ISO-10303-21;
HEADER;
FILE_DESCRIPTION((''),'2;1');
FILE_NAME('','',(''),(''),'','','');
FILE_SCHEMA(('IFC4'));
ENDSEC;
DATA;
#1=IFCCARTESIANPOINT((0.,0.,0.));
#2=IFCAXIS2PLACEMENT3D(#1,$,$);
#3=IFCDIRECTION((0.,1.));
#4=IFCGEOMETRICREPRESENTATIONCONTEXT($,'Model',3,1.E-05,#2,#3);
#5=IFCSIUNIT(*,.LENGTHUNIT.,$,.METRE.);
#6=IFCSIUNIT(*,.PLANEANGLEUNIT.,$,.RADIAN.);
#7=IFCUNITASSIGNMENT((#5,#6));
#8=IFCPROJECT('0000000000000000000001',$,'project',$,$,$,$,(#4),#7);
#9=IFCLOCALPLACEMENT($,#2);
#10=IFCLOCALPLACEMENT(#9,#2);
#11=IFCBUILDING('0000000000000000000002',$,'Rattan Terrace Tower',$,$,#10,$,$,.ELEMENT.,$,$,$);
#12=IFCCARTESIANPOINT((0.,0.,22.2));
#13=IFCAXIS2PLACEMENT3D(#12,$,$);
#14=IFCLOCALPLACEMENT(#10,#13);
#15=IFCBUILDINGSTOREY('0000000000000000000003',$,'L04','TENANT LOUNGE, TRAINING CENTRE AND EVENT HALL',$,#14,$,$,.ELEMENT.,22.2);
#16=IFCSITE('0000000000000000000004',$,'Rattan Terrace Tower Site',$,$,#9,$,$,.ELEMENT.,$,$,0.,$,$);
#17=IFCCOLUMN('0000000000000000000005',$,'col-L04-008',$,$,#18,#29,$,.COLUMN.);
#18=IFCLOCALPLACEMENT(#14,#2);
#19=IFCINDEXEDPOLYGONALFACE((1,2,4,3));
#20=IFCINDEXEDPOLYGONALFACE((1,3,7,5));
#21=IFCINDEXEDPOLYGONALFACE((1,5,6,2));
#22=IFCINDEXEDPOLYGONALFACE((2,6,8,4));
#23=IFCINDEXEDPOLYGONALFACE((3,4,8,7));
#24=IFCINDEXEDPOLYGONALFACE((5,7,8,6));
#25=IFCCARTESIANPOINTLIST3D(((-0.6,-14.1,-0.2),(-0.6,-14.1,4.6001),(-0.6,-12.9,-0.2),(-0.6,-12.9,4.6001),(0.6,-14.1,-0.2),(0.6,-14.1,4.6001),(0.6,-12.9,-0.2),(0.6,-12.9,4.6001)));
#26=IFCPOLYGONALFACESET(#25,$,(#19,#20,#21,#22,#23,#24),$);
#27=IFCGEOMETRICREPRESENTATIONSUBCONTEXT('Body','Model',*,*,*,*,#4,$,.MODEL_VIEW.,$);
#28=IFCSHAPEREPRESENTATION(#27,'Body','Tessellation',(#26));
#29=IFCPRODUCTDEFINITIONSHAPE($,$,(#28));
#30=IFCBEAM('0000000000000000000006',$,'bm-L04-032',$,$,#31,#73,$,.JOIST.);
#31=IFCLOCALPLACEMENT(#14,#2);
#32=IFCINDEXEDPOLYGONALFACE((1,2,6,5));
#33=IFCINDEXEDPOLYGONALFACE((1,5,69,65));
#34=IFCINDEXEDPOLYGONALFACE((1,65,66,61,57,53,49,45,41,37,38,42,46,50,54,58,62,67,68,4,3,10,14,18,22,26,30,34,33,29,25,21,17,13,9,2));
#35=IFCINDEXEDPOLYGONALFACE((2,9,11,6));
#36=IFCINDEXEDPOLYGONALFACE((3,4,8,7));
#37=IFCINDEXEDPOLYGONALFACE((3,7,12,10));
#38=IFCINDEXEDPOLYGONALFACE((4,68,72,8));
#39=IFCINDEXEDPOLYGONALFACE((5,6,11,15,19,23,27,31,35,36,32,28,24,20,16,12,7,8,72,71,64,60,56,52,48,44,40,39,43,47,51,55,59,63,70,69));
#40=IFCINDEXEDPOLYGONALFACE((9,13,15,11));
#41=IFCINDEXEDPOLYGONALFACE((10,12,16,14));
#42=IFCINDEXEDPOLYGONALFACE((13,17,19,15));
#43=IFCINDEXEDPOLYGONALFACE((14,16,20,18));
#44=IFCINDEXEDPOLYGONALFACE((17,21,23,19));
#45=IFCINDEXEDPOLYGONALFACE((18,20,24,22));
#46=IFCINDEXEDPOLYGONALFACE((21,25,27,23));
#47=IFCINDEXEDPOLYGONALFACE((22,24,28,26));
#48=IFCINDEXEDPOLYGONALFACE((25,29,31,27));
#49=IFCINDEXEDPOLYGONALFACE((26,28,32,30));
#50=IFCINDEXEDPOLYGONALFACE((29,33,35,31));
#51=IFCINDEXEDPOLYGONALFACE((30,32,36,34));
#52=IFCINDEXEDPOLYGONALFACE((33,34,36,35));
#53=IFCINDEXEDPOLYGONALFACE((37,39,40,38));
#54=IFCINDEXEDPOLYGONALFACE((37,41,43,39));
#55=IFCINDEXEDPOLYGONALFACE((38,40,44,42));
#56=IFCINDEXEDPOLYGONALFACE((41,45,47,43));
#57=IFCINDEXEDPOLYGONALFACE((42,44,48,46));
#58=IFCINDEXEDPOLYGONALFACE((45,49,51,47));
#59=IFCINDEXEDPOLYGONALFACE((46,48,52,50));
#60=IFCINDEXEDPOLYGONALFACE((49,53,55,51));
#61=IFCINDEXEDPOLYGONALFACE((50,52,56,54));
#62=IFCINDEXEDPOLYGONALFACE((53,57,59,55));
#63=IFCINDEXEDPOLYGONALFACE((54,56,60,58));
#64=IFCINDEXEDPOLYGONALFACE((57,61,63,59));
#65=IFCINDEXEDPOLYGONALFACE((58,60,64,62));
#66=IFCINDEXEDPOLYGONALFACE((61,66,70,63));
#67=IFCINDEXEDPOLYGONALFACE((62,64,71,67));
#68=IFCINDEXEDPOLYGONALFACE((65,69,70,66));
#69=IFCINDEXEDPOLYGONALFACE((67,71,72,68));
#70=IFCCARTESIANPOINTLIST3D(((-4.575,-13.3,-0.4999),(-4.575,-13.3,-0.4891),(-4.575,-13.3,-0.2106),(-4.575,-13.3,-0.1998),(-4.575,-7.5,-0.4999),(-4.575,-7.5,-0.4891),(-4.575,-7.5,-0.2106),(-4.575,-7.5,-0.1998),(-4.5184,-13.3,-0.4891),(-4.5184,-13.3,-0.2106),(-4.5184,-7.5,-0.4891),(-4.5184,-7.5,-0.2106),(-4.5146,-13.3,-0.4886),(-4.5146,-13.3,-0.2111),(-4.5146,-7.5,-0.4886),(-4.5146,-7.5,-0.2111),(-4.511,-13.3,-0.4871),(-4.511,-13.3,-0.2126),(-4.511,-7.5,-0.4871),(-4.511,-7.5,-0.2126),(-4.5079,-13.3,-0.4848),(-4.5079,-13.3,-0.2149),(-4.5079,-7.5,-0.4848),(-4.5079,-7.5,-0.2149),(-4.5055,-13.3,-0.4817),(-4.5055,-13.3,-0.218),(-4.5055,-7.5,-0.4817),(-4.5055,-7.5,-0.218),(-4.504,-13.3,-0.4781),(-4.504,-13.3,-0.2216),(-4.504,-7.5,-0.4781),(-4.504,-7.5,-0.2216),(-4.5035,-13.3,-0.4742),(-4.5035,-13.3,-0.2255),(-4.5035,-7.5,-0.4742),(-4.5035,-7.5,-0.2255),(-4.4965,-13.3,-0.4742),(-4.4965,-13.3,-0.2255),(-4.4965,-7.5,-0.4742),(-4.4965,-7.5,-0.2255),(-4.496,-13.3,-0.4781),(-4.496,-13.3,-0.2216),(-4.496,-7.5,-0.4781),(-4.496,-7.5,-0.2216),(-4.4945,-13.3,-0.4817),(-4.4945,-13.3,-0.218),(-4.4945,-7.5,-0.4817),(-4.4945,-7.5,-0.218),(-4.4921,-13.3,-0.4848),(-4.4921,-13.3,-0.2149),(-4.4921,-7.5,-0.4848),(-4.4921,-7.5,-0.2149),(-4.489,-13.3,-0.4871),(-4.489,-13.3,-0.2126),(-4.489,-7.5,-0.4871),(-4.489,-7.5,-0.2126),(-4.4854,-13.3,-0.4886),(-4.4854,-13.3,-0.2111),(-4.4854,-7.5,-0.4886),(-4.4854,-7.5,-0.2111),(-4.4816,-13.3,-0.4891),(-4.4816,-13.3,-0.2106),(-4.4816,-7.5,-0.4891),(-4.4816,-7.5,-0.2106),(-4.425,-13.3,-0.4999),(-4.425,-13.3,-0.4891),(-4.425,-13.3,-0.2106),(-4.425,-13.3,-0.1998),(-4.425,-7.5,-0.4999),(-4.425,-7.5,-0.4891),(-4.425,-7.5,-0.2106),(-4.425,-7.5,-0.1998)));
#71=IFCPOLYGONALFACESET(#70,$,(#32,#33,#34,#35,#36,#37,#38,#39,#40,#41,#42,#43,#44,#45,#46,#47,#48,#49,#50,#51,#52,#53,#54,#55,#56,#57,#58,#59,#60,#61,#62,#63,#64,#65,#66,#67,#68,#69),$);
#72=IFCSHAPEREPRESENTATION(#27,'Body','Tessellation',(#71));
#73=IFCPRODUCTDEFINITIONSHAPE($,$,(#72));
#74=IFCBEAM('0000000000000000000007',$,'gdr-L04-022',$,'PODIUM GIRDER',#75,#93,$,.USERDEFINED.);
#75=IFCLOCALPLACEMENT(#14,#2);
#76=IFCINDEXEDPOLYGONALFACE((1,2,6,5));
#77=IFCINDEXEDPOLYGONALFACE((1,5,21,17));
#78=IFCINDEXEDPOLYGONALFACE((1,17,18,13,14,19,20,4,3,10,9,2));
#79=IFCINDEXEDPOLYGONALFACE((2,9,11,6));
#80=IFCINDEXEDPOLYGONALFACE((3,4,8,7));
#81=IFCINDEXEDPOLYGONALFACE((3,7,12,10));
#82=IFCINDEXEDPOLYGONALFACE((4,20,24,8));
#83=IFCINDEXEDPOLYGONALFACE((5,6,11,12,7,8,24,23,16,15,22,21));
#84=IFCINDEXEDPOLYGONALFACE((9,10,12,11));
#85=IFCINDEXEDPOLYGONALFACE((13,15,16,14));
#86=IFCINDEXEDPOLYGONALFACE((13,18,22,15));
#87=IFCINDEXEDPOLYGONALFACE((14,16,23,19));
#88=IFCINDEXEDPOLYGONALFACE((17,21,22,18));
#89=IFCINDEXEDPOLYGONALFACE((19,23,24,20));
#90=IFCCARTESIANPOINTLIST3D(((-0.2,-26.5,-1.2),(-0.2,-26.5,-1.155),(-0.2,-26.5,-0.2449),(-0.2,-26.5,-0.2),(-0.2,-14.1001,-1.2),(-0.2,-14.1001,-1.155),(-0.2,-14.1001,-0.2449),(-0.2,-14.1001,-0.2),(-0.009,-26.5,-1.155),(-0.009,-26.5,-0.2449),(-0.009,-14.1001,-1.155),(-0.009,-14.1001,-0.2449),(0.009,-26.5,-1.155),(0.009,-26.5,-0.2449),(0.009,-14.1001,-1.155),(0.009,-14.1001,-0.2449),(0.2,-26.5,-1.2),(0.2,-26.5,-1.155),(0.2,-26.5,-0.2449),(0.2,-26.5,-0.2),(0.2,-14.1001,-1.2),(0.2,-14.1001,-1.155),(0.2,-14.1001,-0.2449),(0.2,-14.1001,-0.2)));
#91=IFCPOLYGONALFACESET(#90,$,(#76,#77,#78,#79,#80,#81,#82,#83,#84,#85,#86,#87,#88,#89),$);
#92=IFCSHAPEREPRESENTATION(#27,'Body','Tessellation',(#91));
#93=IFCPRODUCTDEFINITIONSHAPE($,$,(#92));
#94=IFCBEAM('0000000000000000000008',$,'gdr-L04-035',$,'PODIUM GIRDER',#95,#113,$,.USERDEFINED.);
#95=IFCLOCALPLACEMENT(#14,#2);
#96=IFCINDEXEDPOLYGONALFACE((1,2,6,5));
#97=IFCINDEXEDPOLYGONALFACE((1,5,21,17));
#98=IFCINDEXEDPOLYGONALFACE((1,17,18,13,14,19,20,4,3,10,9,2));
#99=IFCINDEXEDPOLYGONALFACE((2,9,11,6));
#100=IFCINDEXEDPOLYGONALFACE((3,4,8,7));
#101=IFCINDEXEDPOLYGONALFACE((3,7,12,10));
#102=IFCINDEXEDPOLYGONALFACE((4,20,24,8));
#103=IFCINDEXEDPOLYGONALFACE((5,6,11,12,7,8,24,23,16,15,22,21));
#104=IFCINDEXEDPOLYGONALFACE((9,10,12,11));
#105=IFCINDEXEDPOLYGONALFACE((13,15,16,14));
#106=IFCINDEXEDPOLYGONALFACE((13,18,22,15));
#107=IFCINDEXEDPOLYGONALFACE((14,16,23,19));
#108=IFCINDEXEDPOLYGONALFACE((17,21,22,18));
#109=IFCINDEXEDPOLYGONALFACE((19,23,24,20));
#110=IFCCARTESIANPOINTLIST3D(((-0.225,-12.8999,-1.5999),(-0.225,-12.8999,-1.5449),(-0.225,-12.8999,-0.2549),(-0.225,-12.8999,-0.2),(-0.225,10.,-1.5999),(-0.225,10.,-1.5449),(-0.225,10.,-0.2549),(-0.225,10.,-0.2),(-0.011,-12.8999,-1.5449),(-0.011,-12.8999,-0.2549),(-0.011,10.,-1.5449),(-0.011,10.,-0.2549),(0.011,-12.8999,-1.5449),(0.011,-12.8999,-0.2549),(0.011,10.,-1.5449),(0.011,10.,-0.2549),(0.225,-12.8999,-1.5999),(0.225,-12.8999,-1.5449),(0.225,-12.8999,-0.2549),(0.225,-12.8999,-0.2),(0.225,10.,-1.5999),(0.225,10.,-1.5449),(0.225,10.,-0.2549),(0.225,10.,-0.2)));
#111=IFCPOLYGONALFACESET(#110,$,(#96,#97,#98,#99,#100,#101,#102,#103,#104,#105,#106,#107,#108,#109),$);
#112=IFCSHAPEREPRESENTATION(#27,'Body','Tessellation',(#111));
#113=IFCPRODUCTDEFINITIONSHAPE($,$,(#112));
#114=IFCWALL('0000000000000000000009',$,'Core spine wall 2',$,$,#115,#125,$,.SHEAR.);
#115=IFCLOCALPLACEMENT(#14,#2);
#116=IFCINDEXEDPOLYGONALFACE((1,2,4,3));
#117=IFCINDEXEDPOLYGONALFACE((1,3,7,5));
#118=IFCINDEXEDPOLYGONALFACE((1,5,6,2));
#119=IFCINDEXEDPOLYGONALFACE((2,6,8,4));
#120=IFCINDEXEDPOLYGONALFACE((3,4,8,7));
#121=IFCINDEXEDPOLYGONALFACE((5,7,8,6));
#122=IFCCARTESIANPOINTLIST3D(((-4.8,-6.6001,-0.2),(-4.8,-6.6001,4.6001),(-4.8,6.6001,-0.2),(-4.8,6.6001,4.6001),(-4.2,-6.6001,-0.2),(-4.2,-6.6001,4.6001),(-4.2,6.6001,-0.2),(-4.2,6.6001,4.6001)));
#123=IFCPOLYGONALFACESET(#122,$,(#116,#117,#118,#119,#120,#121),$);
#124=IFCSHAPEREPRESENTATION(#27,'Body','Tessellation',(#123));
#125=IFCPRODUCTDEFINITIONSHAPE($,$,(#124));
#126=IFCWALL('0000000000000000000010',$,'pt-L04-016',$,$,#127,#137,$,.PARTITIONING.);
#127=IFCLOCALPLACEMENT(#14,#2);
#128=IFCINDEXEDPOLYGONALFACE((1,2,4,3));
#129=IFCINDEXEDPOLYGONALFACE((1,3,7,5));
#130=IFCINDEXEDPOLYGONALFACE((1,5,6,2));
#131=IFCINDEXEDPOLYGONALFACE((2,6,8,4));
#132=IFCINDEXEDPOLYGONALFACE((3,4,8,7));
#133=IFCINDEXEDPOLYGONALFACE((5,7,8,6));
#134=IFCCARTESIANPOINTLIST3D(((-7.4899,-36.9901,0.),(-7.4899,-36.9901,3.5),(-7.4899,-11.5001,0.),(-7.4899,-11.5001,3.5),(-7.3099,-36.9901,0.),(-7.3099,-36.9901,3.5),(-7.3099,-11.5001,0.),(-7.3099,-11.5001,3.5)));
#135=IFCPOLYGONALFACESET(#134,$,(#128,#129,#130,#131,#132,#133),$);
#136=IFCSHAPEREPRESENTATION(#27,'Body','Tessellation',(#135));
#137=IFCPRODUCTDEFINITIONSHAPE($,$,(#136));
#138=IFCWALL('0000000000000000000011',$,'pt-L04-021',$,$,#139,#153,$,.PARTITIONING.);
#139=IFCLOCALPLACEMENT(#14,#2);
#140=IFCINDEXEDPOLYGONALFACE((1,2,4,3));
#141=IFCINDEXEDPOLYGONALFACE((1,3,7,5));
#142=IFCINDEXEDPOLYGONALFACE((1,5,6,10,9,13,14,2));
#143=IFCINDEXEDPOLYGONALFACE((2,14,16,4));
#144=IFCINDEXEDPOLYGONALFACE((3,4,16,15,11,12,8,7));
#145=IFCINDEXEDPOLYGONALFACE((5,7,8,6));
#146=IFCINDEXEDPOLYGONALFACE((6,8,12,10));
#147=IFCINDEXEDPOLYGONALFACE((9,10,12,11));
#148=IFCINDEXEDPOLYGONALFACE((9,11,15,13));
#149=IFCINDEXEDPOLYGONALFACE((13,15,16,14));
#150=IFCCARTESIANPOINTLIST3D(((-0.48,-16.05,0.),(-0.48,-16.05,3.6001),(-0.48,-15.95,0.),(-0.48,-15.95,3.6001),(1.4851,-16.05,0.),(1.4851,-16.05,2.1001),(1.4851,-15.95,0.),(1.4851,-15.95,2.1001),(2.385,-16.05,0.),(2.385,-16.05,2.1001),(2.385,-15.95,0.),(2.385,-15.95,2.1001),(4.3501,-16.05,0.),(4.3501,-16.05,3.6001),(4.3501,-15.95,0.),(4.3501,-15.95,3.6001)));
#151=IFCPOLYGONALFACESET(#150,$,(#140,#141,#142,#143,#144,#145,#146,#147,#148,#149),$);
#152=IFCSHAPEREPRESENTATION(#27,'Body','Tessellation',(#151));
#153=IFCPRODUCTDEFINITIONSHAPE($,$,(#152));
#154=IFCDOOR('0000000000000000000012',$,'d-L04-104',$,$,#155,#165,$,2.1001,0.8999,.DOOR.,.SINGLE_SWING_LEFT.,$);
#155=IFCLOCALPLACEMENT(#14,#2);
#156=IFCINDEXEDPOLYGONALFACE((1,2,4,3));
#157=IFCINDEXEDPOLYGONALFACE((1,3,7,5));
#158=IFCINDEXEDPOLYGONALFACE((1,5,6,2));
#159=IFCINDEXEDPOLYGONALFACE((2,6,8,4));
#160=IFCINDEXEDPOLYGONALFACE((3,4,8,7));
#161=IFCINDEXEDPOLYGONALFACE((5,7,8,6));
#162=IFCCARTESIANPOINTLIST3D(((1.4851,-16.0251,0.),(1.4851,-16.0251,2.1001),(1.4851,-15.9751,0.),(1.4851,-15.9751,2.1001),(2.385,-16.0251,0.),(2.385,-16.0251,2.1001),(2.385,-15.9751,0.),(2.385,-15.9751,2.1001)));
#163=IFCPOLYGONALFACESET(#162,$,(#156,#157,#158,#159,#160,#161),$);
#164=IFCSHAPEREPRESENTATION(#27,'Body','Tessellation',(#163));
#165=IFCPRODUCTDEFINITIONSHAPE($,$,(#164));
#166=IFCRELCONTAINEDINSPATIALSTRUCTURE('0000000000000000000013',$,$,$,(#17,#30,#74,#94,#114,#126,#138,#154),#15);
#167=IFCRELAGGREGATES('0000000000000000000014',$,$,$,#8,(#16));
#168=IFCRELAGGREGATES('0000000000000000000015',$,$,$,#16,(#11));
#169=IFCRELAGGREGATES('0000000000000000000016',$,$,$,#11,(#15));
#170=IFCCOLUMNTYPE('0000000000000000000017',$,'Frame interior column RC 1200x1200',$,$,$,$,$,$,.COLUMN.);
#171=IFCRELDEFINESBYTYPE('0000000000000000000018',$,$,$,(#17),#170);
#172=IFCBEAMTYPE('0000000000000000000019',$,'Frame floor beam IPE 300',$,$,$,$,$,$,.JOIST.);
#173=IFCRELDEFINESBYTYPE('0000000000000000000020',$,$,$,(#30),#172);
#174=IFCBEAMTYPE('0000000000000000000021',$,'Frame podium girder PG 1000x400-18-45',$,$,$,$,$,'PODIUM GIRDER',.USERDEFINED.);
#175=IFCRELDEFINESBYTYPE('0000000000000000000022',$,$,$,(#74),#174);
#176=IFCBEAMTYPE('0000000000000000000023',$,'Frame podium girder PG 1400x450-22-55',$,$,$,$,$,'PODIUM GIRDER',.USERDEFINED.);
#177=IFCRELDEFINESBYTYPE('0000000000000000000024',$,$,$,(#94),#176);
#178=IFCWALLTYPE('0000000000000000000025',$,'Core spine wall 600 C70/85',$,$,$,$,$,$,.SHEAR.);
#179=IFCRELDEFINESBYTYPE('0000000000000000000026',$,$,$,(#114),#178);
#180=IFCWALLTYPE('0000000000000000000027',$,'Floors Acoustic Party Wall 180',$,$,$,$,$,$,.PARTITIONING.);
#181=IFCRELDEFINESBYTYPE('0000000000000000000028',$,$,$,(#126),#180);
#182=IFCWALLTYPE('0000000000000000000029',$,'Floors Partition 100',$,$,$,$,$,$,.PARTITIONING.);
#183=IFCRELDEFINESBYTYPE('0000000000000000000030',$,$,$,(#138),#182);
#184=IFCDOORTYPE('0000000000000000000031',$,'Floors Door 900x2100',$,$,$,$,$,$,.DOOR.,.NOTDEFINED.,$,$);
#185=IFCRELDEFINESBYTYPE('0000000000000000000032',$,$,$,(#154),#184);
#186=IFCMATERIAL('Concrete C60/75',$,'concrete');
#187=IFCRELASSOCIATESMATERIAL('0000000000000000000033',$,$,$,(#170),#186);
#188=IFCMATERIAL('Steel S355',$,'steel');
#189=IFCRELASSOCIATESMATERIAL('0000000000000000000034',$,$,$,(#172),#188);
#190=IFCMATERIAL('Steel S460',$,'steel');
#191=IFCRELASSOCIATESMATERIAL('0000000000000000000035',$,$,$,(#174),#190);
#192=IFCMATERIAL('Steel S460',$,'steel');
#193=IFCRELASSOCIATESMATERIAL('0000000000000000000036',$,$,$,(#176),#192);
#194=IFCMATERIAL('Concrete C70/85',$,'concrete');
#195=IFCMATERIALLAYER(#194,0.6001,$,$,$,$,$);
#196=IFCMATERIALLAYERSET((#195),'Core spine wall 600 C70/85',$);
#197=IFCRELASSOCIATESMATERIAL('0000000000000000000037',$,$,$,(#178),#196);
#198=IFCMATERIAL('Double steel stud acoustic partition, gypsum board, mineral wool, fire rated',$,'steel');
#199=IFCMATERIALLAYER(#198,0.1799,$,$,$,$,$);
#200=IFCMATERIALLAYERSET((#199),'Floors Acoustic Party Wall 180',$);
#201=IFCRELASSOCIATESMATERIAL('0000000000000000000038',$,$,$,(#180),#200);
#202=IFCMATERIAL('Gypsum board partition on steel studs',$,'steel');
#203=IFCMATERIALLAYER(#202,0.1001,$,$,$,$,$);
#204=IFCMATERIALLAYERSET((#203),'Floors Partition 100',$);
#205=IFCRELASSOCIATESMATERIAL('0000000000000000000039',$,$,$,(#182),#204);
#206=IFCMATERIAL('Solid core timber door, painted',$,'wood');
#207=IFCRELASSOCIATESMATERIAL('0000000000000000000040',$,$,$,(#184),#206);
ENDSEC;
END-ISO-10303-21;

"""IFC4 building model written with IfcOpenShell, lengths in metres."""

from ifc_helpers import new_model, si_unit, direction, frame, frame_2d, origin, origin_2d, place, context, subcontext, project, spatial, rectangle, i_section, extrude, material, layer, layer_set, material_profile, profile_set, type_object, element, fill, save


model = new_model("IFC4")

# Units and contexts
model_context = context("Model", 3, precision=1e-05, world=origin(), true_north=direction((0.0, 1.0)))
body_context = subcontext(model_context, "Body", "Model", "MODEL_VIEW")
ifc_project = project(units=[si_unit("LENGTHUNIT", "METRE"), si_unit("PLANEANGLEUNIT", "RADIAN")], contexts=[model_context])

# Site, building, storey
site_placement = place(None, origin())
site = spatial("IfcSite", under=ifc_project, at=site_placement, Name="Rattan Terrace Tower Site", CompositionType="ELEMENT", RefElevation=0.0)
building_placement = place(site_placement, origin())
building = spatial("IfcBuilding", under=site, at=building_placement, Name="Rattan Terrace Tower", CompositionType="ELEMENT")
storey_placement = place(building_placement, frame((0.0, 0.0, 22.2)))
storey = spatial("IfcBuildingStorey", under=building, at=storey_placement, Name="L04", Description="TENANT LOUNGE, TRAINING CENTRE AND EVENT HALL", CompositionType="ELEMENT", Elevation=22.2)

# Column
ifc_material_1 = material(Name="Concrete C60/75", Category="concrete")
ifc_material_profile_1 = material_profile(ifc_material_1, rectangle(XDim=1.2, YDim=1.2, at=origin_2d()), Name="RC 1200x1200")
ifc_profile_set_1 = profile_set([ifc_material_profile_1], Name="Concrete C60/75")
column_type = type_object("IfcColumnType", Name="Frame interior column RC 1200x1200", PredefinedType="COLUMN", material=ifc_profile_set_1)
column_placement = place(storey_placement, frame((0.0, -13.5, -0.2), z_axis=(0.0, 0.0, 1.0), x_axis=(1.0, 0.0, 0.0)))
element("IfcColumn", 1, at=column_placement, inside=storey, type_object=column_type, Name="col-L04-008", PredefinedType="COLUMN", context=body_context, shape_type="SweptSolid", body=[
    extrude(rectangle(XDim=1.2, YDim=1.2, at=origin_2d()), origin(), (0.0, 0.0, 1.0), 4.8),
])

# Beams
ifc_material_2 = material(Name="Steel S355", Category="steel")
ifc_material_profile_2 = material_profile(ifc_material_2, i_section(OverallWidth=0.1499, OverallDepth=0.3, WebThickness=0.0071, FlangeThickness=0.0107, FilletRadius=0.0149, at=origin_2d()), Name="IPE 300")
ifc_profile_set_2 = profile_set([ifc_material_profile_2], Name="Steel S355")
beam_type_1 = type_object("IfcBeamType", Name="Frame floor beam IPE 300", PredefinedType="JOIST", material=ifc_profile_set_2)
beam_1_placement = place(storey_placement, frame((-4.5, -13.3, -0.3499), z_axis=(0.0, 1.0, 0.0), x_axis=(-1.0, 0.0, 0.0)))
element("IfcBeam", 2, at=beam_1_placement, inside=storey, type_object=beam_type_1, Name="bm-L04-032", PredefinedType="JOIST", context=body_context, shape_type="SweptSolid", body=[
    extrude(i_section(OverallWidth=0.1499, OverallDepth=0.3, WebThickness=0.0071, FlangeThickness=0.0107, FilletRadius=0.0149, at=origin_2d()), origin(), (0.0, 0.0, 1.0), 5.8),
])
ifc_material_3 = material(Name="Steel S460", Category="steel")
ifc_material_profile_3 = material_profile(ifc_material_3, i_section(OverallWidth=0.3999, OverallDepth=1.0, WebThickness=0.0181, FlangeThickness=0.0449, at=origin_2d()), Name="PG 1000x400-18-45")
ifc_profile_set_3 = profile_set([ifc_material_profile_3], Name="Steel S460")
beam_type_2 = type_object("IfcBeamType", Name="Frame podium girder PG 1000x400-18-45", ElementType="PODIUM GIRDER", PredefinedType="USERDEFINED", material=ifc_profile_set_3)
beam_2_placement = place(storey_placement, frame((0.0, -26.5, -0.7), z_axis=(0.0, 1.0, 0.0), x_axis=(-1.0, 0.0, 0.0)))
element("IfcBeam", 3, at=beam_2_placement, inside=storey, type_object=beam_type_2, Name="gdr-L04-022", ObjectType="PODIUM GIRDER", PredefinedType="USERDEFINED", context=body_context, shape_type="SweptSolid", body=[
    extrude(i_section(OverallWidth=0.3999, OverallDepth=1.0, WebThickness=0.0181, FlangeThickness=0.0449, at=origin_2d()), origin(), (0.0, 0.0, 1.0), 12.3999),
])
ifc_material_4 = material(Name="Steel S460", Category="steel")
ifc_material_profile_4 = material_profile(ifc_material_4, i_section(OverallWidth=0.45, OverallDepth=1.3999, WebThickness=0.022, FlangeThickness=0.0549, at=origin_2d()), Name="PG 1400x450-22-55")
ifc_profile_set_4 = profile_set([ifc_material_profile_4], Name="Steel S460")
beam_type_3 = type_object("IfcBeamType", Name="Frame podium girder PG 1400x450-22-55", ElementType="PODIUM GIRDER", PredefinedType="USERDEFINED", material=ifc_profile_set_4)
beam_3_placement = place(storey_placement, frame((0.0, -12.8999, -0.8999), z_axis=(0.0, 1.0, 0.0), x_axis=(-1.0, 0.0, 0.0)))
element("IfcBeam", 4, at=beam_3_placement, inside=storey, type_object=beam_type_3, Name="gdr-L04-035", ObjectType="PODIUM GIRDER", PredefinedType="USERDEFINED", context=body_context, shape_type="SweptSolid", body=[
    extrude(i_section(OverallWidth=0.45, OverallDepth=1.3999, WebThickness=0.022, FlangeThickness=0.0549, at=origin_2d()), origin(), (0.0, 0.0, 1.0), 22.8999),
])

# Walls
ifc_material_5 = material(Name="Concrete C70/85", Category="concrete")
ifc_layer_1 = layer(ifc_material_5, 0.6001)
ifc_layer_set_1 = layer_set([ifc_layer_1], Name="Core spine wall 600 C70/85")
wall_type_1 = type_object("IfcWallType", Name="Core spine wall 600 C70/85", PredefinedType="SHEAR", material=ifc_layer_set_1)
wall_1_placement = place(storey_placement, frame((-4.5, -6.6001, -0.2), z_axis=(0.0, 0.0, 1.0), x_axis=(0.0, 1.0, 0.0)))
element("IfcWall", 5, at=wall_1_placement, inside=storey, type_object=wall_type_1, Name="Core spine wall 2", PredefinedType="SHEAR", context=body_context, shape_type="SweptSolid", body=[
    extrude(rectangle(XDim=13.2002, YDim=0.6001, at=frame_2d((6.6001, 0.0))), origin(), (0.0, 0.0, 1.0), 4.8),
])
ifc_material_6 = material(Name="Double steel stud acoustic partition, gypsum board, mineral wool, fire rated", Category="steel")
ifc_layer_2 = layer(ifc_material_6, 0.1799)
ifc_layer_set_2 = layer_set([ifc_layer_2], Name="Floors Acoustic Party Wall 180")
wall_type_2 = type_object("IfcWallType", Name="Floors Acoustic Party Wall 180", PredefinedType="PARTITIONING", material=ifc_layer_set_2)
wall_2_placement = place(storey_placement, frame((-7.3999, -11.5, 0.0), z_axis=(0.0, 0.0, 1.0), x_axis=(0.0, -1.0, 0.0)))
element("IfcWall", 6, at=wall_2_placement, inside=storey, type_object=wall_type_2, Name="pt-L04-016", PredefinedType="PARTITIONING", context=body_context, shape_type="SweptSolid", body=[
    extrude(rectangle(XDim=25.49, YDim=0.1799, at=frame_2d((12.7451, 0.0))), origin(), (0.0, 0.0, 1.0), 3.5),
])

# Wall, opening, door
ifc_material_7 = material(Name="Gypsum board partition on steel studs", Category="steel")
ifc_layer_3 = layer(ifc_material_7, 0.1001)
ifc_layer_set_3 = layer_set([ifc_layer_3], Name="Floors Partition 100")
wall_type_3 = type_object("IfcWallType", Name="Floors Partition 100", PredefinedType="PARTITIONING", material=ifc_layer_set_3)
wall_3_placement = place(storey_placement, frame((-0.48, -16.0, 0.0), z_axis=(0.0, 0.0, 1.0), x_axis=(1.0, 0.0, 0.0)))
wall_3 = element("IfcWall", 7, at=wall_3_placement, inside=storey, type_object=wall_type_3, Name="pt-L04-021", PredefinedType="PARTITIONING", context=body_context, shape_type="SweptSolid", body=[
    extrude(rectangle(XDim=4.8301, YDim=0.1001, at=frame_2d((2.415, 0.0))), origin(), (0.0, 0.0, 1.0), 3.6001),
])
opening_1_placement = place(wall_3_placement, frame((1.9651, 0.0, 0.0)))
opening_1 = element("IfcOpeningElement", 8, at=opening_1_placement, cuts=wall_3, PredefinedType="OPENING", context=body_context, shape_type="SweptSolid", body=[
    extrude(rectangle(XDim=0.8999, YDim=2.1001, at=frame_2d((0.45, 1.05))), frame((0.0, 0.0605, 0.0), z_axis=(0.0, -1.0, 0.0), x_axis=(1.0, 0.0, 0.0)), (0.0, 0.0, 1.0), 0.1211),
])
ifc_material_8 = material(Name="Solid core timber door, painted", Category="wood")
door_type_1 = type_object("IfcDoorType", Name="Floors Door 900x2100", OperationType="NOTDEFINED", PredefinedType="DOOR", material=ifc_material_8)
door_1_placement = place(opening_1_placement, origin())
door_1 = element("IfcDoor", 9, at=door_1_placement, inside=storey, type_object=door_type_1, Name="d-L04-104", OperationType="SINGLE_SWING_LEFT", OverallHeight=2.1001, OverallWidth=0.8999, PredefinedType="DOOR", context=body_context, shape_type="SweptSolid", body=[
    extrude(rectangle(XDim=0.8999, YDim=2.1001, at=frame_2d((0.45, 1.05))), frame((0.0, 0.0249, 0.0), z_axis=(0.0, -1.0, 0.0), x_axis=(1.0, 0.0, 0.0)), (0.0, 0.0, 1.0), 0.05),
])
fill(opening_1, door_1)

save(model, "model.ifc")
